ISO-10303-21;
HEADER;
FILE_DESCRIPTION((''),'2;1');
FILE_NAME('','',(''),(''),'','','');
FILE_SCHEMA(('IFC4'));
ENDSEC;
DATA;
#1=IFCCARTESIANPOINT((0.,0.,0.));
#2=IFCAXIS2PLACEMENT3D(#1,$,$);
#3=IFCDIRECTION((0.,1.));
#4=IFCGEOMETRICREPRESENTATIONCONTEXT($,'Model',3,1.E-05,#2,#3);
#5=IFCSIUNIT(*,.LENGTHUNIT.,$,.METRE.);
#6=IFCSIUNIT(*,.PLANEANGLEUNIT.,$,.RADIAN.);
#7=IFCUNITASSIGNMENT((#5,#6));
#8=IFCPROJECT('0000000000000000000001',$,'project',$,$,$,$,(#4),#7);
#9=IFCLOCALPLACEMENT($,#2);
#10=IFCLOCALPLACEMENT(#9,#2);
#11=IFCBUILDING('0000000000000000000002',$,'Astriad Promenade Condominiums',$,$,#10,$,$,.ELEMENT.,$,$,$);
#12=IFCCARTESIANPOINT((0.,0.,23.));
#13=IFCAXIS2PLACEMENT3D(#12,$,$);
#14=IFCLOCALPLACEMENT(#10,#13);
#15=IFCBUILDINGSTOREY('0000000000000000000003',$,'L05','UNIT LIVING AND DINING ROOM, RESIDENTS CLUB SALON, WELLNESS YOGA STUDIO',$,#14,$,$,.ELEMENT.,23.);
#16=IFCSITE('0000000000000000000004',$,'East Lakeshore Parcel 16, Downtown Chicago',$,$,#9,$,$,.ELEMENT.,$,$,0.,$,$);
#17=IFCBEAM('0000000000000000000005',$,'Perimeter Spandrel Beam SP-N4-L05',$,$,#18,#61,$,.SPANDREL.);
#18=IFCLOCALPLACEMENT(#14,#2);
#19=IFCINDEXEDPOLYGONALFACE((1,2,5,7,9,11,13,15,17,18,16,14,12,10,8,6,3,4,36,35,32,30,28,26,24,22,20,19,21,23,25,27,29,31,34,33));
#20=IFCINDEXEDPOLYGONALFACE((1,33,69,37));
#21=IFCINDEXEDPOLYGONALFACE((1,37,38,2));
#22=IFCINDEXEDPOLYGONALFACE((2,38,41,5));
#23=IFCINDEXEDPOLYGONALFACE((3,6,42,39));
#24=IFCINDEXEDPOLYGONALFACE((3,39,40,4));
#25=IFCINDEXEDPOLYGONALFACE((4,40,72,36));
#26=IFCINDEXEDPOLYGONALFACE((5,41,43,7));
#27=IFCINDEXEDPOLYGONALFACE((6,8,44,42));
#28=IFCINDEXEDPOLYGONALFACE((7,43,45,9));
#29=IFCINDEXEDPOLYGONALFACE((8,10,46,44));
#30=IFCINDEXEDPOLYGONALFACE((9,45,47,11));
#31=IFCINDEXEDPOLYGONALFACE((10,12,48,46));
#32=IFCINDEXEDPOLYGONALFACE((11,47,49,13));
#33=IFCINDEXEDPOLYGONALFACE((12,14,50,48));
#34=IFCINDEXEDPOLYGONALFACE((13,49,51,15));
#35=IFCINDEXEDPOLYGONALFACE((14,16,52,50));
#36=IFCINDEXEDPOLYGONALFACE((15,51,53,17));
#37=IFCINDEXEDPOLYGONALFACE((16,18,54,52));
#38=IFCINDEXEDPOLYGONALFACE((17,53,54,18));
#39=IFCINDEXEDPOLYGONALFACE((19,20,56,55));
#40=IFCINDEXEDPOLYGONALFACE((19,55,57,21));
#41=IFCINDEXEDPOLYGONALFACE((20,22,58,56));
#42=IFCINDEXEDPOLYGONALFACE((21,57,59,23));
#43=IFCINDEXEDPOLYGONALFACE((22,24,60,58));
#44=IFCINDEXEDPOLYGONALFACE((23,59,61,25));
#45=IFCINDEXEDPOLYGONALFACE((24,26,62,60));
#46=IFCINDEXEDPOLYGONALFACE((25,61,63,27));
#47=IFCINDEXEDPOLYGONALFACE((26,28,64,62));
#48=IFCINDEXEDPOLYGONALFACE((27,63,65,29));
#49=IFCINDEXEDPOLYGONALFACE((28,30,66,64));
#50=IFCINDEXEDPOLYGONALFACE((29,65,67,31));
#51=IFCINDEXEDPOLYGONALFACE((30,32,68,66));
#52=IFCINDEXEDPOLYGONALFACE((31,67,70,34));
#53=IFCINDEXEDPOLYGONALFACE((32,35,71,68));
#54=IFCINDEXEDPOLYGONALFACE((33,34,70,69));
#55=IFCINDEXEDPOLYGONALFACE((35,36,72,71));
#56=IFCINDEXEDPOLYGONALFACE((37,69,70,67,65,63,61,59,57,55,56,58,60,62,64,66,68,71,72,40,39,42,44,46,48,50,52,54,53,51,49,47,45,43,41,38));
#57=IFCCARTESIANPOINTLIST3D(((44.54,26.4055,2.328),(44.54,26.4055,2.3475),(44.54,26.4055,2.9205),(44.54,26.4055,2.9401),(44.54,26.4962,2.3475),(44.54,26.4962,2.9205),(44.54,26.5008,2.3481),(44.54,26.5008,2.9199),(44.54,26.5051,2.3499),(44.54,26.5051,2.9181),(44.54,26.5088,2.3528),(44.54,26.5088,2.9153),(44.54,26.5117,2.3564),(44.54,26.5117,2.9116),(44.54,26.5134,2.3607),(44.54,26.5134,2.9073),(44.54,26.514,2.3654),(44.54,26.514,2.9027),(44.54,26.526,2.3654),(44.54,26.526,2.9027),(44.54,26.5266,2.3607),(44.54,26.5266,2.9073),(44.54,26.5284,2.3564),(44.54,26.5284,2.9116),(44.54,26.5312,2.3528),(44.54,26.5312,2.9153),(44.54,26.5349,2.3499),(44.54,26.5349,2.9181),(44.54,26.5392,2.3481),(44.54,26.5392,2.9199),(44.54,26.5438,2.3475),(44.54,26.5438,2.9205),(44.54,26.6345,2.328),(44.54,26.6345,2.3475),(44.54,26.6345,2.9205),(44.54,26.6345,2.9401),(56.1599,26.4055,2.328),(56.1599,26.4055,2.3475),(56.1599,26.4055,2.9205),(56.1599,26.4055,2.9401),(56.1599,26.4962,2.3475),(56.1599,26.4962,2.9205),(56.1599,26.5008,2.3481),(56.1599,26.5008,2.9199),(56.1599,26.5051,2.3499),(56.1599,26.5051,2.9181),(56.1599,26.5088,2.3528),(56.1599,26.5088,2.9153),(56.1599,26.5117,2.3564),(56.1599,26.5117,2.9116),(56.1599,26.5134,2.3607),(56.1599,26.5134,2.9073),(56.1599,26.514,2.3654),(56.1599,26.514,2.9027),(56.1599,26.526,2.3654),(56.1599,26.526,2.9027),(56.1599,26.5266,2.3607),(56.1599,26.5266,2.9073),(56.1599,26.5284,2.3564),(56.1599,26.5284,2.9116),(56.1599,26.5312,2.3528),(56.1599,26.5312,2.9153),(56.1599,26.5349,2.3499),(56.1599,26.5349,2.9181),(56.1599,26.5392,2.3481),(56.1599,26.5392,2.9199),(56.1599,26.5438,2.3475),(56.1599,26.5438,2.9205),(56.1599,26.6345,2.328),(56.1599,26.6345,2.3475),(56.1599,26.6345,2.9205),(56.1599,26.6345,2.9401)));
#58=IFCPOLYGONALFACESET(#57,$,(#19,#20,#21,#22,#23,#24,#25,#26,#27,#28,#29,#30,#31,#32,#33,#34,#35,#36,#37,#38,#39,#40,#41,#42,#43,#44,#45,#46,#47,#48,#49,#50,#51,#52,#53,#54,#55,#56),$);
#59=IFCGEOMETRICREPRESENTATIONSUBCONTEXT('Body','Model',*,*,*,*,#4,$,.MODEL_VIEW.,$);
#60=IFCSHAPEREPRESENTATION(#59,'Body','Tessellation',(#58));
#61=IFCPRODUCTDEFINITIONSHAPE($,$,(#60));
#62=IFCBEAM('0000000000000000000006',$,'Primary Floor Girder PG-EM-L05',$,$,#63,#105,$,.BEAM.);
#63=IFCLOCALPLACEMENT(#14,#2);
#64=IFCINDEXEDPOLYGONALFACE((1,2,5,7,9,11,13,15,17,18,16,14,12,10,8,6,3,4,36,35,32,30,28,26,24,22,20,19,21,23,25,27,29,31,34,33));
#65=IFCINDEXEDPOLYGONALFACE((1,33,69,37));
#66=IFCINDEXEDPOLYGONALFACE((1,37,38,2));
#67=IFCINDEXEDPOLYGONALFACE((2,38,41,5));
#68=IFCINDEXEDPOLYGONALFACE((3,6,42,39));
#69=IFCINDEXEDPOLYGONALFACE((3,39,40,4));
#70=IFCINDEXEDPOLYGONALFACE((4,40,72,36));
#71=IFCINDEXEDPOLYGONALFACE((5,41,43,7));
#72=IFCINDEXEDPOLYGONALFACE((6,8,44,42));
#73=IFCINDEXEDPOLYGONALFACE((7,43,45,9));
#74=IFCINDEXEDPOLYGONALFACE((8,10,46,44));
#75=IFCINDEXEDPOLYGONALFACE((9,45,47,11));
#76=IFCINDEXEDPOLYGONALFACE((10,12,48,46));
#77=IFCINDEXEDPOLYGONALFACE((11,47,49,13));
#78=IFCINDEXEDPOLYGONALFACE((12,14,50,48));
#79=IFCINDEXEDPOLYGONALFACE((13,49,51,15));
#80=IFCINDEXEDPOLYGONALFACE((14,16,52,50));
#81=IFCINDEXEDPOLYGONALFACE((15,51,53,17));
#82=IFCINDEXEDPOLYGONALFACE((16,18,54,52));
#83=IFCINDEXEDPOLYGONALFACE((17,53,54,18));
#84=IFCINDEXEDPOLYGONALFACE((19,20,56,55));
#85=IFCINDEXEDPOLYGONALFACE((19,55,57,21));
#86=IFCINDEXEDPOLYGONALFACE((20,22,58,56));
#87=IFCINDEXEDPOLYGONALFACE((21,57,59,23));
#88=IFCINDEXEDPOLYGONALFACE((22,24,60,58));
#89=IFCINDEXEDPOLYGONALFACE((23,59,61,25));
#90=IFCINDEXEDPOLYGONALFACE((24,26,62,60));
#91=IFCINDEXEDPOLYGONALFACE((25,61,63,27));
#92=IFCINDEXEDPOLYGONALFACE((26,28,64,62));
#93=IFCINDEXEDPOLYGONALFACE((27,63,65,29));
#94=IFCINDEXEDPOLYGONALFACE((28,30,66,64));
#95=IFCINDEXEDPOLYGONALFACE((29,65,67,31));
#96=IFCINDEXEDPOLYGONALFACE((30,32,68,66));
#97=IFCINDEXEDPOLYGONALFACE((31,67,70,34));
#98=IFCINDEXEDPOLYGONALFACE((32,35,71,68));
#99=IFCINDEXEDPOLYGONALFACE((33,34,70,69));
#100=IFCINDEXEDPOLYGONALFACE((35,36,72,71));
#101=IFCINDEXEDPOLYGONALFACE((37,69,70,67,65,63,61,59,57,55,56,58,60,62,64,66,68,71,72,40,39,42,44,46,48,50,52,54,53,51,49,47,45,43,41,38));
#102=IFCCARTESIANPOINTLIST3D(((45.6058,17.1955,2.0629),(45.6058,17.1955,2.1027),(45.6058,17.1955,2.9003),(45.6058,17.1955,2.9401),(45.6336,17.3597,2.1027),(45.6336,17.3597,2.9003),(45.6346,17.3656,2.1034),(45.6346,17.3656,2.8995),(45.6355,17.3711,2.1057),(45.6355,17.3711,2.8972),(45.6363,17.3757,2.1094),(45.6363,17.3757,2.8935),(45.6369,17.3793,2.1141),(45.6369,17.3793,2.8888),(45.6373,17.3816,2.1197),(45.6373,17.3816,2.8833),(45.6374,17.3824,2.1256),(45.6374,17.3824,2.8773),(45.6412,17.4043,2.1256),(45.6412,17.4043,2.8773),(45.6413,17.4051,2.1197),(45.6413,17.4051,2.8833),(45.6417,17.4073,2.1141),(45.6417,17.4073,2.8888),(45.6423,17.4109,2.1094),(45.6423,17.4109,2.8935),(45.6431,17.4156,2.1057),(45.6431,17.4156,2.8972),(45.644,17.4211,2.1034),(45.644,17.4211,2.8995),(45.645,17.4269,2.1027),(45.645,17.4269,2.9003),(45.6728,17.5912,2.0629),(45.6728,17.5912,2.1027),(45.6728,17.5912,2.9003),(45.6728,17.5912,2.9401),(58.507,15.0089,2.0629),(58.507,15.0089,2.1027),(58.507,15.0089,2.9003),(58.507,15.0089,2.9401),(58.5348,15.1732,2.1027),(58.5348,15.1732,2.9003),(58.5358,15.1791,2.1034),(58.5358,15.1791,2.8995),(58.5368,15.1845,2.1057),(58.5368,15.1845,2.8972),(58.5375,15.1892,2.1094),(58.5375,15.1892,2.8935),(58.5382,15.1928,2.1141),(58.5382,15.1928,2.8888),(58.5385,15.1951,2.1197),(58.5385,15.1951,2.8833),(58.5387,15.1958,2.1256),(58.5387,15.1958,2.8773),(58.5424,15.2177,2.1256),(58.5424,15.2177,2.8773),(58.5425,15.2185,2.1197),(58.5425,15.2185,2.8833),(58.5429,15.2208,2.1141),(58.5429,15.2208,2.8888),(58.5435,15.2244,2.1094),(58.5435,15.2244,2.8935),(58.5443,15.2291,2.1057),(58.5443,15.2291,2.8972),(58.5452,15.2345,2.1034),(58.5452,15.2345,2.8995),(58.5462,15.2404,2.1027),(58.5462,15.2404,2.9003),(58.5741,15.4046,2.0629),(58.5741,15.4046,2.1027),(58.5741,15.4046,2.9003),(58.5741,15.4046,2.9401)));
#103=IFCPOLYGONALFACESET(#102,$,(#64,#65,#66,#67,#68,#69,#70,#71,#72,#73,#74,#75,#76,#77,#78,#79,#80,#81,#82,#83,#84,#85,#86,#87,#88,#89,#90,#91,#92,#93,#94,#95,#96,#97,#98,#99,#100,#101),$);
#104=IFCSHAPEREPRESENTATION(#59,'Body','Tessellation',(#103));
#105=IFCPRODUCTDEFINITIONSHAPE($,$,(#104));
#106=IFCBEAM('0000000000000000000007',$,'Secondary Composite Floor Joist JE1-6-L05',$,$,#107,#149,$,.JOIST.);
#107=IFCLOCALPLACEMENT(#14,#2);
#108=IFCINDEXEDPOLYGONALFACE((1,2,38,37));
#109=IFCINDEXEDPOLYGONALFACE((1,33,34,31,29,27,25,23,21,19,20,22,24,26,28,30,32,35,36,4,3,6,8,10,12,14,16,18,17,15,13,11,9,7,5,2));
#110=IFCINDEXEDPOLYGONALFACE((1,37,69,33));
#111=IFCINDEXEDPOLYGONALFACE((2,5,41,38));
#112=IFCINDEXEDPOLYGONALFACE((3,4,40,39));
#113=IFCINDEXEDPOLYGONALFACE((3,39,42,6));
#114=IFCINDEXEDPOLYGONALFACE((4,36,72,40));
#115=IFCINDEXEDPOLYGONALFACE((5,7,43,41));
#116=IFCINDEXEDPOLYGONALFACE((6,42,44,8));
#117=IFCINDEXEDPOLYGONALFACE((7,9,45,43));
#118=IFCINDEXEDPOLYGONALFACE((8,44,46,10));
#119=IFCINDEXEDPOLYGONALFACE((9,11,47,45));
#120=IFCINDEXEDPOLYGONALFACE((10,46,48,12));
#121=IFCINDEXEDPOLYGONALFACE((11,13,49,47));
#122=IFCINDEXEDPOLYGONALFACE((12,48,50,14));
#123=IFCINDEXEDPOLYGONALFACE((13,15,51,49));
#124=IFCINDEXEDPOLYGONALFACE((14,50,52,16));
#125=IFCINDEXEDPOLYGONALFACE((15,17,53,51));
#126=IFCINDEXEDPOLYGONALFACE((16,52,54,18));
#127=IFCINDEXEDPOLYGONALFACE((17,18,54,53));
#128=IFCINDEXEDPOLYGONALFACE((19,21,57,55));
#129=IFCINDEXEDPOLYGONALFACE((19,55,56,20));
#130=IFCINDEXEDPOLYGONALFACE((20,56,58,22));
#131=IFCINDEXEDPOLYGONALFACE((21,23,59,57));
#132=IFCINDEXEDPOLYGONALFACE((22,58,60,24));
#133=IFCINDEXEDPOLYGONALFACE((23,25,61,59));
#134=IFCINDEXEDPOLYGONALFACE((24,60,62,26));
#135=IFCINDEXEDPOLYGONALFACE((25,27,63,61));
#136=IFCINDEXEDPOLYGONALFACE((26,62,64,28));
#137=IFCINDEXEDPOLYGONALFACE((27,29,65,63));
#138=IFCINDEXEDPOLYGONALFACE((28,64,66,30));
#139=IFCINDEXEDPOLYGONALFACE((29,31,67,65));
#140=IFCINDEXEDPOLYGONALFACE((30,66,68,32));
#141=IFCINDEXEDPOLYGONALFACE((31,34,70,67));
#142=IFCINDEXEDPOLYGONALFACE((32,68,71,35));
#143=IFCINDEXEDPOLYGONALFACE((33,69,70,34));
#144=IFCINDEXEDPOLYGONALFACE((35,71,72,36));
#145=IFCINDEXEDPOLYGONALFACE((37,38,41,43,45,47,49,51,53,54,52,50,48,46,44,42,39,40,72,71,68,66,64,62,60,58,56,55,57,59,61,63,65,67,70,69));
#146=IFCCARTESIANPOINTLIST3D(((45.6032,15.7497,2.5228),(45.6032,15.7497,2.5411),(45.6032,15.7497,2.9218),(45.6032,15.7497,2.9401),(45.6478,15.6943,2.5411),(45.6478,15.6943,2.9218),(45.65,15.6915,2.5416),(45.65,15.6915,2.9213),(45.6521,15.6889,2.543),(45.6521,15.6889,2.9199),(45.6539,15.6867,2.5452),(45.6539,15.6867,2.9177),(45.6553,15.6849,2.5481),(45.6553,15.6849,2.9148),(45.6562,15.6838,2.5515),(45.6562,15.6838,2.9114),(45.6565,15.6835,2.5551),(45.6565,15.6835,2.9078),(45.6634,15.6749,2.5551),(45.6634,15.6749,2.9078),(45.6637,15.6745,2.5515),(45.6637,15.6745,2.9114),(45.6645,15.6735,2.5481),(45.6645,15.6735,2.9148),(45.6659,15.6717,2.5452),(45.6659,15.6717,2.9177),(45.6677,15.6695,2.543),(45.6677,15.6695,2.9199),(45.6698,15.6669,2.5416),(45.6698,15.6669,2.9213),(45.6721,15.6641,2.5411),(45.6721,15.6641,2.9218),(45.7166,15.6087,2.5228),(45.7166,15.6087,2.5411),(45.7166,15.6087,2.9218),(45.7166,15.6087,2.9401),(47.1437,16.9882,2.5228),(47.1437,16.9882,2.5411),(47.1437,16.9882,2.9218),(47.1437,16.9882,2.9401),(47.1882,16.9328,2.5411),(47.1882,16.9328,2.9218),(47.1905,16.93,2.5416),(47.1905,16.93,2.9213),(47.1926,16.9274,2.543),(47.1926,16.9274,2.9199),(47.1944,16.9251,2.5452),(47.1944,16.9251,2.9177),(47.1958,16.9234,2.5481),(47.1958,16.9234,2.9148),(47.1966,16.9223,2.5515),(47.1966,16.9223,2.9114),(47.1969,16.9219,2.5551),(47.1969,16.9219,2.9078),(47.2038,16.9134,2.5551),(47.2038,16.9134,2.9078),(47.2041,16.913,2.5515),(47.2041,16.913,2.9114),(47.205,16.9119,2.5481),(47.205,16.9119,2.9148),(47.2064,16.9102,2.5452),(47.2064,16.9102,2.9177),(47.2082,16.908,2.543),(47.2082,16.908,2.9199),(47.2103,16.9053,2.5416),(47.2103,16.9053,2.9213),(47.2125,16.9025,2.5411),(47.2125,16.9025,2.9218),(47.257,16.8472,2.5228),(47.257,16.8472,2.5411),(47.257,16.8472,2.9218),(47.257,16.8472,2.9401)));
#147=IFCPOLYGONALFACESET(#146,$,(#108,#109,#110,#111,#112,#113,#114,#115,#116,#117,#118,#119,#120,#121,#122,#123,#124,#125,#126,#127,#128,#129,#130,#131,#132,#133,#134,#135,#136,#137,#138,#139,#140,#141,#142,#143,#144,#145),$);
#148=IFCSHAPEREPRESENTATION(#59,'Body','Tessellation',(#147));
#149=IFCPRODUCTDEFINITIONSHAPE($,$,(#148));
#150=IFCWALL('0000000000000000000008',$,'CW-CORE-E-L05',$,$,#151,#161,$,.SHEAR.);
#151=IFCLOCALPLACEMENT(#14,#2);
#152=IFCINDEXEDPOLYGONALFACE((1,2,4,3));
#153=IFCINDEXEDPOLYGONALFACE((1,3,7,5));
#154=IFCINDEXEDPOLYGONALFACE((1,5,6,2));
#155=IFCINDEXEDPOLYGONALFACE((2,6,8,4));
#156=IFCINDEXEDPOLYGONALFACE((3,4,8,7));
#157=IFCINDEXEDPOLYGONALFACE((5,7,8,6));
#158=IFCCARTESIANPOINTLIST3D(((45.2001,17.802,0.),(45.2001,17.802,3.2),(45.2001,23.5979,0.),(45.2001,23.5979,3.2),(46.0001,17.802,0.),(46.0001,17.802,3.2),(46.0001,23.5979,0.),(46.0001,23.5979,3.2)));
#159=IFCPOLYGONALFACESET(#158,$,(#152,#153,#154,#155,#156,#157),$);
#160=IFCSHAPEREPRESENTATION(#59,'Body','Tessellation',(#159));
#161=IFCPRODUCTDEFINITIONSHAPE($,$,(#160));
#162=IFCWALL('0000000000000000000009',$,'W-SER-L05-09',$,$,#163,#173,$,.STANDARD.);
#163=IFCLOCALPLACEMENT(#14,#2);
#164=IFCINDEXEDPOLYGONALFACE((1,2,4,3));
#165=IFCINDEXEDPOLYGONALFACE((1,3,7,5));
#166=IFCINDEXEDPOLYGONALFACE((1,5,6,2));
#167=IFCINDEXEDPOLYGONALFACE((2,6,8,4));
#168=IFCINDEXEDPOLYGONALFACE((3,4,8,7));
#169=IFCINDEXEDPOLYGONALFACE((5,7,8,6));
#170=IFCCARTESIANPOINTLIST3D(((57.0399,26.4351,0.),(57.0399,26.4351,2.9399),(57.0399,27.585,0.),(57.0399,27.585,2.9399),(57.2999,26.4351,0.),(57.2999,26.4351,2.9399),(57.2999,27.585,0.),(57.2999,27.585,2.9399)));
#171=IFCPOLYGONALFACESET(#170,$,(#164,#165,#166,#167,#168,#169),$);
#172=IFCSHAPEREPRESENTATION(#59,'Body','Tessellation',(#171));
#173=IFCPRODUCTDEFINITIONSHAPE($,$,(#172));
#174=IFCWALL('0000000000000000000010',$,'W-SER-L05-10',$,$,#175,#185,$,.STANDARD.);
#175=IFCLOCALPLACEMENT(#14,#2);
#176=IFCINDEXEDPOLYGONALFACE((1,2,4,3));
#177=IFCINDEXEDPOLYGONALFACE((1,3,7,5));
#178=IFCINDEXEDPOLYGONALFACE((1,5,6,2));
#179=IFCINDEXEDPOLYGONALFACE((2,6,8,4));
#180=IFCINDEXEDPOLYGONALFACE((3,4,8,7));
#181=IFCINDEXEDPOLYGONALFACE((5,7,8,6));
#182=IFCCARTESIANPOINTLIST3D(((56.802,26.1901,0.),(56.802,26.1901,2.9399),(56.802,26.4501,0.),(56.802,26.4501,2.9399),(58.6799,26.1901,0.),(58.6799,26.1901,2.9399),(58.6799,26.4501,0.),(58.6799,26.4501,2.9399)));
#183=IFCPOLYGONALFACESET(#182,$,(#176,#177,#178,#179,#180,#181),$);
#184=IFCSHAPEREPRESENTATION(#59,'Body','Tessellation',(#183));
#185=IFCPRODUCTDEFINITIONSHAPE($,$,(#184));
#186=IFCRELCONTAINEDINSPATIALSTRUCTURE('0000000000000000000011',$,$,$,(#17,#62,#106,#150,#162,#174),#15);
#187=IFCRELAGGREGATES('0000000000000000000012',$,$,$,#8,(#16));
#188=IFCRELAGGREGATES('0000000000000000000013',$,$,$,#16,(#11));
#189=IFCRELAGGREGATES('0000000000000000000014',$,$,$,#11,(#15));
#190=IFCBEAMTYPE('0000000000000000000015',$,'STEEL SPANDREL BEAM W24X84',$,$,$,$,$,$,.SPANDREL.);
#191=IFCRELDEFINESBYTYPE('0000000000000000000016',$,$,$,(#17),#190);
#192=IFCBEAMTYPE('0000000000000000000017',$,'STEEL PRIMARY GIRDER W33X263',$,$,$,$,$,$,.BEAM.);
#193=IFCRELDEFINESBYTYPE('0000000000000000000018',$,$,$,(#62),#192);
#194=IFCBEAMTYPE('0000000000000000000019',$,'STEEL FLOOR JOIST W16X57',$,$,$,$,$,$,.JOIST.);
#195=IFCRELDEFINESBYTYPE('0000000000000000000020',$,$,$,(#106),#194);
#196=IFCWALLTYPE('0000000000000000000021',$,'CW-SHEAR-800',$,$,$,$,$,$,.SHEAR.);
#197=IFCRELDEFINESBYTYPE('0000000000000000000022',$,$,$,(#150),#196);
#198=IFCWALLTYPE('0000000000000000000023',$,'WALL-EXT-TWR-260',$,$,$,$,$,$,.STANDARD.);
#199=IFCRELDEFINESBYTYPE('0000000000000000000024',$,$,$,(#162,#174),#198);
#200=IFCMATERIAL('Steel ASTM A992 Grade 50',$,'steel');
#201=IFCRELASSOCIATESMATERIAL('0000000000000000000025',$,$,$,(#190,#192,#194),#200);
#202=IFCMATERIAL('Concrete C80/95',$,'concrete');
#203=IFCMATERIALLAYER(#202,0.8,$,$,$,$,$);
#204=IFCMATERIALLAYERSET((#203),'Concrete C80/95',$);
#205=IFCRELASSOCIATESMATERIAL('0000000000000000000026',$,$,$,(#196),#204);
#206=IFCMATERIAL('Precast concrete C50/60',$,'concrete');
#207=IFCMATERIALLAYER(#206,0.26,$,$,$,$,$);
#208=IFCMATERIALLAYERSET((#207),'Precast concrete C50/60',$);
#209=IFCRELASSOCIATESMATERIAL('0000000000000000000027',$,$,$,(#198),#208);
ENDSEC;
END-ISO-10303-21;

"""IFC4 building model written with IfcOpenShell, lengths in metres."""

from ifc_helpers import new_model, si_unit, direction, frame, frame_2d, origin, origin_2d, place, context, subcontext, project, spatial, rectangle, i_section, extrude, source, transform, mapped, material, layer, layer_set, material_profile, profile_set, type_object, type_shapes, element, save


model = new_model("IFC4")

# Units and contexts
model_context = context("Model", 3, precision=1e-05, world=origin(), true_north=direction((0.0, 1.0)))
body_context = subcontext(model_context, "Body", "Model", "MODEL_VIEW")
ifc_project = project(units=[si_unit("LENGTHUNIT", "METRE"), si_unit("PLANEANGLEUNIT", "RADIAN")], contexts=[model_context])

# Site, building, storey
site_placement = place(None, origin())
site = spatial("IfcSite", under=ifc_project, at=site_placement, Name="East Lakeshore Parcel 16, Downtown Chicago", CompositionType="ELEMENT", RefElevation=0.0)
building_placement = place(site_placement, origin())
building = spatial("IfcBuilding", under=site, at=building_placement, Name="Astriad Promenade Condominiums", CompositionType="ELEMENT")
storey_placement = place(building_placement, frame((0.0, 0.0, 23.0)))
storey = spatial("IfcBuildingStorey", under=building, at=storey_placement, Name="L05", Description="UNIT LIVING AND DINING ROOM, RESIDENTS CLUB SALON, WELLNESS YOGA STUDIO", CompositionType="ELEMENT", Elevation=23.0)

# Shared definitions
ifc_material_1 = material(Name="Steel ASTM A992 Grade 50", Category="steel")
ifc_material_2 = material(Name="Concrete C80/95", Category="concrete")

# Beams
ifc_material_profile_1 = material_profile(ifc_material_1, i_section(OverallWidth=0.229, OverallDepth=0.6121, WebThickness=0.012, FlangeThickness=0.0195, FilletRadius=0.0178, at=origin_2d()), Name="W24X84")
ifc_profile_set_1 = profile_set([ifc_material_profile_1], Name="Steel ASTM A992 Grade 50")
beam_type_1 = type_object("IfcBeamType", Name="STEEL SPANDREL BEAM W24X84", PredefinedType="SPANDREL", material=ifc_profile_set_1)
shared_shape_1 = source(origin(), body_context, "Body", "SweptSolid", [
    extrude(i_section(OverallWidth=0.229, OverallDepth=0.6121, WebThickness=0.012, FlangeThickness=0.0195, FilletRadius=0.0178, at=origin_2d()), origin(), (0.0, 0.0, 1.0), 11.6199),
])
type_shapes(beam_type_1, [shared_shape_1])
beam_1_placement = place(storey_placement, frame((56.1599, 26.52, 2.634), z_axis=(-1.0, 0.0, 0.0), x_axis=(0.0, -1.0, 0.0)))
element("IfcBeam", 1, at=beam_1_placement, inside=storey, type_object=beam_type_1, Name="Perimeter Spandrel Beam SP-N4-L05", PredefinedType="SPANDREL", context=body_context, shape_type="MappedRepresentation", body=[
    mapped(shared_shape_1, transform((0.0, 0.0, 0.0), scale=1.0)),
])
ifc_material_profile_2 = material_profile(ifc_material_1, i_section(OverallWidth=0.4014, OverallDepth=0.8772, WebThickness=0.0222, FlangeThickness=0.0398, FilletRadius=0.0229, at=origin_2d()), Name="W33X263")
ifc_profile_set_2 = profile_set([ifc_material_profile_2], Name="Steel ASTM A992 Grade 50")
beam_type_2 = type_object("IfcBeamType", Name="STEEL PRIMARY GIRDER W33X263", PredefinedType="BEAM", material=ifc_profile_set_2)
shared_shape_2 = source(origin(), body_context, "Body", "SweptSolid", [
    extrude(i_section(OverallWidth=0.4014, OverallDepth=0.8772, WebThickness=0.0222, FlangeThickness=0.0398, FilletRadius=0.0229, at=origin_2d()), origin(), (0.0, 0.0, 1.0), 13.0852),
])
type_shapes(beam_type_2, [shared_shape_2])
beam_2_placement = place(storey_placement, frame((58.5405, 15.2068, 2.5015), z_axis=(-0.98594, 0.1671, 0.0), x_axis=(-0.1671, -0.98594, 0.0)))
element("IfcBeam", 2, at=beam_2_placement, inside=storey, type_object=beam_type_2, Name="Primary Floor Girder PG-EM-L05", PredefinedType="BEAM", context=body_context, shape_type="MappedRepresentation", body=[
    mapped(shared_shape_2, transform((0.0, 0.0, 0.0), scale=1.0)),
])
ifc_material_profile_3 = material_profile(ifc_material_1, i_section(OverallWidth=0.1809, OverallDepth=0.4172, WebThickness=0.011, FlangeThickness=0.0183, FilletRadius=0.0139, at=origin_2d()), Name="W16X57")
ifc_profile_set_3 = profile_set([ifc_material_profile_3], Name="Steel ASTM A992 Grade 50")
beam_type_3 = type_object("IfcBeamType", Name="STEEL FLOOR JOIST W16X57", PredefinedType="JOIST", material=ifc_profile_set_3)
shared_shape_3 = source(origin(), body_context, "Body", "SweptSolid", [
    extrude(i_section(OverallWidth=0.1809, OverallDepth=0.4172, WebThickness=0.011, FlangeThickness=0.0183, FilletRadius=0.0139, at=origin_2d()), origin(), (0.0, 0.0, 1.0), 1.9766),
])
type_shapes(beam_type_3, [shared_shape_3])
beam_3_placement = place(storey_placement, frame((45.6599, 15.6792, 2.7314), z_axis=(0.77936, 0.626576, 0.0), x_axis=(-0.626576, 0.77936, 0.0)))
element("IfcBeam", 3, at=beam_3_placement, inside=storey, type_object=beam_type_3, Name="Secondary Composite Floor Joist JE1-6-L05", PredefinedType="JOIST", context=body_context, shape_type="MappedRepresentation", body=[
    mapped(shared_shape_3, transform((0.0, 0.0, 0.0), scale=1.0)),
])

# Walls
ifc_layer_1 = layer(ifc_material_2, 0.8)
ifc_layer_set_1 = layer_set([ifc_layer_1], Name="Concrete C80/95")
wall_type_1 = type_object("IfcWallType", Name="CW-SHEAR-800", PredefinedType="SHEAR", material=ifc_layer_set_1)
wall_1_placement = place(storey_placement, frame((45.6001, 17.802, 0.0), z_axis=(0.0, 0.0, 1.0), x_axis=(0.0, 1.0, 0.0)))
element("IfcWall", 4, at=wall_1_placement, inside=storey, type_object=wall_type_1, Name="CW-CORE-E-L05", PredefinedType="SHEAR", context=body_context, shape_type="SweptSolid", body=[
    extrude(rectangle(XDim=5.7959, YDim=0.8, at=frame_2d((2.8979, 0.0))), origin(), (0.0, 0.0, 1.0), 3.2),
])
ifc_material_3 = material(Name="Precast concrete C50/60", Category="concrete")
ifc_layer_2 = layer(ifc_material_3, 0.26)
ifc_layer_set_2 = layer_set([ifc_layer_2], Name="Precast concrete C50/60")
wall_type_2 = type_object("IfcWallType", Name="WALL-EXT-TWR-260", PredefinedType="STANDARD", material=ifc_layer_set_2)
wall_2_placement = place(storey_placement, frame((57.1699, 27.585, 0.0), z_axis=(0.0, 0.0, 1.0), x_axis=(0.0, -1.0, 0.0)))
element("IfcWall", 5, at=wall_2_placement, inside=storey, type_object=wall_type_2, Name="W-SER-L05-09", PredefinedType="STANDARD", context=body_context, shape_type="SweptSolid", body=[
    extrude(rectangle(XDim=1.1499, YDim=0.26, at=frame_2d((0.575, 0.0))), origin(), (0.0, 0.0, 1.0), 2.9399),
])
wall_3_placement = place(storey_placement, frame((56.802, 26.3201, 0.0), z_axis=(0.0, 0.0, 1.0), x_axis=(1.0, 0.0, 0.0)))
element("IfcWall", 6, at=wall_3_placement, inside=storey, type_object=wall_type_2, Name="W-SER-L05-10", PredefinedType="STANDARD", context=body_context, shape_type="SweptSolid", body=[
    extrude(rectangle(XDim=1.8779, YDim=0.26, at=frame_2d((0.939, 0.0))), origin(), (0.0, 0.0, 1.0), 2.9399),
])

save(model, "model.ifc")
